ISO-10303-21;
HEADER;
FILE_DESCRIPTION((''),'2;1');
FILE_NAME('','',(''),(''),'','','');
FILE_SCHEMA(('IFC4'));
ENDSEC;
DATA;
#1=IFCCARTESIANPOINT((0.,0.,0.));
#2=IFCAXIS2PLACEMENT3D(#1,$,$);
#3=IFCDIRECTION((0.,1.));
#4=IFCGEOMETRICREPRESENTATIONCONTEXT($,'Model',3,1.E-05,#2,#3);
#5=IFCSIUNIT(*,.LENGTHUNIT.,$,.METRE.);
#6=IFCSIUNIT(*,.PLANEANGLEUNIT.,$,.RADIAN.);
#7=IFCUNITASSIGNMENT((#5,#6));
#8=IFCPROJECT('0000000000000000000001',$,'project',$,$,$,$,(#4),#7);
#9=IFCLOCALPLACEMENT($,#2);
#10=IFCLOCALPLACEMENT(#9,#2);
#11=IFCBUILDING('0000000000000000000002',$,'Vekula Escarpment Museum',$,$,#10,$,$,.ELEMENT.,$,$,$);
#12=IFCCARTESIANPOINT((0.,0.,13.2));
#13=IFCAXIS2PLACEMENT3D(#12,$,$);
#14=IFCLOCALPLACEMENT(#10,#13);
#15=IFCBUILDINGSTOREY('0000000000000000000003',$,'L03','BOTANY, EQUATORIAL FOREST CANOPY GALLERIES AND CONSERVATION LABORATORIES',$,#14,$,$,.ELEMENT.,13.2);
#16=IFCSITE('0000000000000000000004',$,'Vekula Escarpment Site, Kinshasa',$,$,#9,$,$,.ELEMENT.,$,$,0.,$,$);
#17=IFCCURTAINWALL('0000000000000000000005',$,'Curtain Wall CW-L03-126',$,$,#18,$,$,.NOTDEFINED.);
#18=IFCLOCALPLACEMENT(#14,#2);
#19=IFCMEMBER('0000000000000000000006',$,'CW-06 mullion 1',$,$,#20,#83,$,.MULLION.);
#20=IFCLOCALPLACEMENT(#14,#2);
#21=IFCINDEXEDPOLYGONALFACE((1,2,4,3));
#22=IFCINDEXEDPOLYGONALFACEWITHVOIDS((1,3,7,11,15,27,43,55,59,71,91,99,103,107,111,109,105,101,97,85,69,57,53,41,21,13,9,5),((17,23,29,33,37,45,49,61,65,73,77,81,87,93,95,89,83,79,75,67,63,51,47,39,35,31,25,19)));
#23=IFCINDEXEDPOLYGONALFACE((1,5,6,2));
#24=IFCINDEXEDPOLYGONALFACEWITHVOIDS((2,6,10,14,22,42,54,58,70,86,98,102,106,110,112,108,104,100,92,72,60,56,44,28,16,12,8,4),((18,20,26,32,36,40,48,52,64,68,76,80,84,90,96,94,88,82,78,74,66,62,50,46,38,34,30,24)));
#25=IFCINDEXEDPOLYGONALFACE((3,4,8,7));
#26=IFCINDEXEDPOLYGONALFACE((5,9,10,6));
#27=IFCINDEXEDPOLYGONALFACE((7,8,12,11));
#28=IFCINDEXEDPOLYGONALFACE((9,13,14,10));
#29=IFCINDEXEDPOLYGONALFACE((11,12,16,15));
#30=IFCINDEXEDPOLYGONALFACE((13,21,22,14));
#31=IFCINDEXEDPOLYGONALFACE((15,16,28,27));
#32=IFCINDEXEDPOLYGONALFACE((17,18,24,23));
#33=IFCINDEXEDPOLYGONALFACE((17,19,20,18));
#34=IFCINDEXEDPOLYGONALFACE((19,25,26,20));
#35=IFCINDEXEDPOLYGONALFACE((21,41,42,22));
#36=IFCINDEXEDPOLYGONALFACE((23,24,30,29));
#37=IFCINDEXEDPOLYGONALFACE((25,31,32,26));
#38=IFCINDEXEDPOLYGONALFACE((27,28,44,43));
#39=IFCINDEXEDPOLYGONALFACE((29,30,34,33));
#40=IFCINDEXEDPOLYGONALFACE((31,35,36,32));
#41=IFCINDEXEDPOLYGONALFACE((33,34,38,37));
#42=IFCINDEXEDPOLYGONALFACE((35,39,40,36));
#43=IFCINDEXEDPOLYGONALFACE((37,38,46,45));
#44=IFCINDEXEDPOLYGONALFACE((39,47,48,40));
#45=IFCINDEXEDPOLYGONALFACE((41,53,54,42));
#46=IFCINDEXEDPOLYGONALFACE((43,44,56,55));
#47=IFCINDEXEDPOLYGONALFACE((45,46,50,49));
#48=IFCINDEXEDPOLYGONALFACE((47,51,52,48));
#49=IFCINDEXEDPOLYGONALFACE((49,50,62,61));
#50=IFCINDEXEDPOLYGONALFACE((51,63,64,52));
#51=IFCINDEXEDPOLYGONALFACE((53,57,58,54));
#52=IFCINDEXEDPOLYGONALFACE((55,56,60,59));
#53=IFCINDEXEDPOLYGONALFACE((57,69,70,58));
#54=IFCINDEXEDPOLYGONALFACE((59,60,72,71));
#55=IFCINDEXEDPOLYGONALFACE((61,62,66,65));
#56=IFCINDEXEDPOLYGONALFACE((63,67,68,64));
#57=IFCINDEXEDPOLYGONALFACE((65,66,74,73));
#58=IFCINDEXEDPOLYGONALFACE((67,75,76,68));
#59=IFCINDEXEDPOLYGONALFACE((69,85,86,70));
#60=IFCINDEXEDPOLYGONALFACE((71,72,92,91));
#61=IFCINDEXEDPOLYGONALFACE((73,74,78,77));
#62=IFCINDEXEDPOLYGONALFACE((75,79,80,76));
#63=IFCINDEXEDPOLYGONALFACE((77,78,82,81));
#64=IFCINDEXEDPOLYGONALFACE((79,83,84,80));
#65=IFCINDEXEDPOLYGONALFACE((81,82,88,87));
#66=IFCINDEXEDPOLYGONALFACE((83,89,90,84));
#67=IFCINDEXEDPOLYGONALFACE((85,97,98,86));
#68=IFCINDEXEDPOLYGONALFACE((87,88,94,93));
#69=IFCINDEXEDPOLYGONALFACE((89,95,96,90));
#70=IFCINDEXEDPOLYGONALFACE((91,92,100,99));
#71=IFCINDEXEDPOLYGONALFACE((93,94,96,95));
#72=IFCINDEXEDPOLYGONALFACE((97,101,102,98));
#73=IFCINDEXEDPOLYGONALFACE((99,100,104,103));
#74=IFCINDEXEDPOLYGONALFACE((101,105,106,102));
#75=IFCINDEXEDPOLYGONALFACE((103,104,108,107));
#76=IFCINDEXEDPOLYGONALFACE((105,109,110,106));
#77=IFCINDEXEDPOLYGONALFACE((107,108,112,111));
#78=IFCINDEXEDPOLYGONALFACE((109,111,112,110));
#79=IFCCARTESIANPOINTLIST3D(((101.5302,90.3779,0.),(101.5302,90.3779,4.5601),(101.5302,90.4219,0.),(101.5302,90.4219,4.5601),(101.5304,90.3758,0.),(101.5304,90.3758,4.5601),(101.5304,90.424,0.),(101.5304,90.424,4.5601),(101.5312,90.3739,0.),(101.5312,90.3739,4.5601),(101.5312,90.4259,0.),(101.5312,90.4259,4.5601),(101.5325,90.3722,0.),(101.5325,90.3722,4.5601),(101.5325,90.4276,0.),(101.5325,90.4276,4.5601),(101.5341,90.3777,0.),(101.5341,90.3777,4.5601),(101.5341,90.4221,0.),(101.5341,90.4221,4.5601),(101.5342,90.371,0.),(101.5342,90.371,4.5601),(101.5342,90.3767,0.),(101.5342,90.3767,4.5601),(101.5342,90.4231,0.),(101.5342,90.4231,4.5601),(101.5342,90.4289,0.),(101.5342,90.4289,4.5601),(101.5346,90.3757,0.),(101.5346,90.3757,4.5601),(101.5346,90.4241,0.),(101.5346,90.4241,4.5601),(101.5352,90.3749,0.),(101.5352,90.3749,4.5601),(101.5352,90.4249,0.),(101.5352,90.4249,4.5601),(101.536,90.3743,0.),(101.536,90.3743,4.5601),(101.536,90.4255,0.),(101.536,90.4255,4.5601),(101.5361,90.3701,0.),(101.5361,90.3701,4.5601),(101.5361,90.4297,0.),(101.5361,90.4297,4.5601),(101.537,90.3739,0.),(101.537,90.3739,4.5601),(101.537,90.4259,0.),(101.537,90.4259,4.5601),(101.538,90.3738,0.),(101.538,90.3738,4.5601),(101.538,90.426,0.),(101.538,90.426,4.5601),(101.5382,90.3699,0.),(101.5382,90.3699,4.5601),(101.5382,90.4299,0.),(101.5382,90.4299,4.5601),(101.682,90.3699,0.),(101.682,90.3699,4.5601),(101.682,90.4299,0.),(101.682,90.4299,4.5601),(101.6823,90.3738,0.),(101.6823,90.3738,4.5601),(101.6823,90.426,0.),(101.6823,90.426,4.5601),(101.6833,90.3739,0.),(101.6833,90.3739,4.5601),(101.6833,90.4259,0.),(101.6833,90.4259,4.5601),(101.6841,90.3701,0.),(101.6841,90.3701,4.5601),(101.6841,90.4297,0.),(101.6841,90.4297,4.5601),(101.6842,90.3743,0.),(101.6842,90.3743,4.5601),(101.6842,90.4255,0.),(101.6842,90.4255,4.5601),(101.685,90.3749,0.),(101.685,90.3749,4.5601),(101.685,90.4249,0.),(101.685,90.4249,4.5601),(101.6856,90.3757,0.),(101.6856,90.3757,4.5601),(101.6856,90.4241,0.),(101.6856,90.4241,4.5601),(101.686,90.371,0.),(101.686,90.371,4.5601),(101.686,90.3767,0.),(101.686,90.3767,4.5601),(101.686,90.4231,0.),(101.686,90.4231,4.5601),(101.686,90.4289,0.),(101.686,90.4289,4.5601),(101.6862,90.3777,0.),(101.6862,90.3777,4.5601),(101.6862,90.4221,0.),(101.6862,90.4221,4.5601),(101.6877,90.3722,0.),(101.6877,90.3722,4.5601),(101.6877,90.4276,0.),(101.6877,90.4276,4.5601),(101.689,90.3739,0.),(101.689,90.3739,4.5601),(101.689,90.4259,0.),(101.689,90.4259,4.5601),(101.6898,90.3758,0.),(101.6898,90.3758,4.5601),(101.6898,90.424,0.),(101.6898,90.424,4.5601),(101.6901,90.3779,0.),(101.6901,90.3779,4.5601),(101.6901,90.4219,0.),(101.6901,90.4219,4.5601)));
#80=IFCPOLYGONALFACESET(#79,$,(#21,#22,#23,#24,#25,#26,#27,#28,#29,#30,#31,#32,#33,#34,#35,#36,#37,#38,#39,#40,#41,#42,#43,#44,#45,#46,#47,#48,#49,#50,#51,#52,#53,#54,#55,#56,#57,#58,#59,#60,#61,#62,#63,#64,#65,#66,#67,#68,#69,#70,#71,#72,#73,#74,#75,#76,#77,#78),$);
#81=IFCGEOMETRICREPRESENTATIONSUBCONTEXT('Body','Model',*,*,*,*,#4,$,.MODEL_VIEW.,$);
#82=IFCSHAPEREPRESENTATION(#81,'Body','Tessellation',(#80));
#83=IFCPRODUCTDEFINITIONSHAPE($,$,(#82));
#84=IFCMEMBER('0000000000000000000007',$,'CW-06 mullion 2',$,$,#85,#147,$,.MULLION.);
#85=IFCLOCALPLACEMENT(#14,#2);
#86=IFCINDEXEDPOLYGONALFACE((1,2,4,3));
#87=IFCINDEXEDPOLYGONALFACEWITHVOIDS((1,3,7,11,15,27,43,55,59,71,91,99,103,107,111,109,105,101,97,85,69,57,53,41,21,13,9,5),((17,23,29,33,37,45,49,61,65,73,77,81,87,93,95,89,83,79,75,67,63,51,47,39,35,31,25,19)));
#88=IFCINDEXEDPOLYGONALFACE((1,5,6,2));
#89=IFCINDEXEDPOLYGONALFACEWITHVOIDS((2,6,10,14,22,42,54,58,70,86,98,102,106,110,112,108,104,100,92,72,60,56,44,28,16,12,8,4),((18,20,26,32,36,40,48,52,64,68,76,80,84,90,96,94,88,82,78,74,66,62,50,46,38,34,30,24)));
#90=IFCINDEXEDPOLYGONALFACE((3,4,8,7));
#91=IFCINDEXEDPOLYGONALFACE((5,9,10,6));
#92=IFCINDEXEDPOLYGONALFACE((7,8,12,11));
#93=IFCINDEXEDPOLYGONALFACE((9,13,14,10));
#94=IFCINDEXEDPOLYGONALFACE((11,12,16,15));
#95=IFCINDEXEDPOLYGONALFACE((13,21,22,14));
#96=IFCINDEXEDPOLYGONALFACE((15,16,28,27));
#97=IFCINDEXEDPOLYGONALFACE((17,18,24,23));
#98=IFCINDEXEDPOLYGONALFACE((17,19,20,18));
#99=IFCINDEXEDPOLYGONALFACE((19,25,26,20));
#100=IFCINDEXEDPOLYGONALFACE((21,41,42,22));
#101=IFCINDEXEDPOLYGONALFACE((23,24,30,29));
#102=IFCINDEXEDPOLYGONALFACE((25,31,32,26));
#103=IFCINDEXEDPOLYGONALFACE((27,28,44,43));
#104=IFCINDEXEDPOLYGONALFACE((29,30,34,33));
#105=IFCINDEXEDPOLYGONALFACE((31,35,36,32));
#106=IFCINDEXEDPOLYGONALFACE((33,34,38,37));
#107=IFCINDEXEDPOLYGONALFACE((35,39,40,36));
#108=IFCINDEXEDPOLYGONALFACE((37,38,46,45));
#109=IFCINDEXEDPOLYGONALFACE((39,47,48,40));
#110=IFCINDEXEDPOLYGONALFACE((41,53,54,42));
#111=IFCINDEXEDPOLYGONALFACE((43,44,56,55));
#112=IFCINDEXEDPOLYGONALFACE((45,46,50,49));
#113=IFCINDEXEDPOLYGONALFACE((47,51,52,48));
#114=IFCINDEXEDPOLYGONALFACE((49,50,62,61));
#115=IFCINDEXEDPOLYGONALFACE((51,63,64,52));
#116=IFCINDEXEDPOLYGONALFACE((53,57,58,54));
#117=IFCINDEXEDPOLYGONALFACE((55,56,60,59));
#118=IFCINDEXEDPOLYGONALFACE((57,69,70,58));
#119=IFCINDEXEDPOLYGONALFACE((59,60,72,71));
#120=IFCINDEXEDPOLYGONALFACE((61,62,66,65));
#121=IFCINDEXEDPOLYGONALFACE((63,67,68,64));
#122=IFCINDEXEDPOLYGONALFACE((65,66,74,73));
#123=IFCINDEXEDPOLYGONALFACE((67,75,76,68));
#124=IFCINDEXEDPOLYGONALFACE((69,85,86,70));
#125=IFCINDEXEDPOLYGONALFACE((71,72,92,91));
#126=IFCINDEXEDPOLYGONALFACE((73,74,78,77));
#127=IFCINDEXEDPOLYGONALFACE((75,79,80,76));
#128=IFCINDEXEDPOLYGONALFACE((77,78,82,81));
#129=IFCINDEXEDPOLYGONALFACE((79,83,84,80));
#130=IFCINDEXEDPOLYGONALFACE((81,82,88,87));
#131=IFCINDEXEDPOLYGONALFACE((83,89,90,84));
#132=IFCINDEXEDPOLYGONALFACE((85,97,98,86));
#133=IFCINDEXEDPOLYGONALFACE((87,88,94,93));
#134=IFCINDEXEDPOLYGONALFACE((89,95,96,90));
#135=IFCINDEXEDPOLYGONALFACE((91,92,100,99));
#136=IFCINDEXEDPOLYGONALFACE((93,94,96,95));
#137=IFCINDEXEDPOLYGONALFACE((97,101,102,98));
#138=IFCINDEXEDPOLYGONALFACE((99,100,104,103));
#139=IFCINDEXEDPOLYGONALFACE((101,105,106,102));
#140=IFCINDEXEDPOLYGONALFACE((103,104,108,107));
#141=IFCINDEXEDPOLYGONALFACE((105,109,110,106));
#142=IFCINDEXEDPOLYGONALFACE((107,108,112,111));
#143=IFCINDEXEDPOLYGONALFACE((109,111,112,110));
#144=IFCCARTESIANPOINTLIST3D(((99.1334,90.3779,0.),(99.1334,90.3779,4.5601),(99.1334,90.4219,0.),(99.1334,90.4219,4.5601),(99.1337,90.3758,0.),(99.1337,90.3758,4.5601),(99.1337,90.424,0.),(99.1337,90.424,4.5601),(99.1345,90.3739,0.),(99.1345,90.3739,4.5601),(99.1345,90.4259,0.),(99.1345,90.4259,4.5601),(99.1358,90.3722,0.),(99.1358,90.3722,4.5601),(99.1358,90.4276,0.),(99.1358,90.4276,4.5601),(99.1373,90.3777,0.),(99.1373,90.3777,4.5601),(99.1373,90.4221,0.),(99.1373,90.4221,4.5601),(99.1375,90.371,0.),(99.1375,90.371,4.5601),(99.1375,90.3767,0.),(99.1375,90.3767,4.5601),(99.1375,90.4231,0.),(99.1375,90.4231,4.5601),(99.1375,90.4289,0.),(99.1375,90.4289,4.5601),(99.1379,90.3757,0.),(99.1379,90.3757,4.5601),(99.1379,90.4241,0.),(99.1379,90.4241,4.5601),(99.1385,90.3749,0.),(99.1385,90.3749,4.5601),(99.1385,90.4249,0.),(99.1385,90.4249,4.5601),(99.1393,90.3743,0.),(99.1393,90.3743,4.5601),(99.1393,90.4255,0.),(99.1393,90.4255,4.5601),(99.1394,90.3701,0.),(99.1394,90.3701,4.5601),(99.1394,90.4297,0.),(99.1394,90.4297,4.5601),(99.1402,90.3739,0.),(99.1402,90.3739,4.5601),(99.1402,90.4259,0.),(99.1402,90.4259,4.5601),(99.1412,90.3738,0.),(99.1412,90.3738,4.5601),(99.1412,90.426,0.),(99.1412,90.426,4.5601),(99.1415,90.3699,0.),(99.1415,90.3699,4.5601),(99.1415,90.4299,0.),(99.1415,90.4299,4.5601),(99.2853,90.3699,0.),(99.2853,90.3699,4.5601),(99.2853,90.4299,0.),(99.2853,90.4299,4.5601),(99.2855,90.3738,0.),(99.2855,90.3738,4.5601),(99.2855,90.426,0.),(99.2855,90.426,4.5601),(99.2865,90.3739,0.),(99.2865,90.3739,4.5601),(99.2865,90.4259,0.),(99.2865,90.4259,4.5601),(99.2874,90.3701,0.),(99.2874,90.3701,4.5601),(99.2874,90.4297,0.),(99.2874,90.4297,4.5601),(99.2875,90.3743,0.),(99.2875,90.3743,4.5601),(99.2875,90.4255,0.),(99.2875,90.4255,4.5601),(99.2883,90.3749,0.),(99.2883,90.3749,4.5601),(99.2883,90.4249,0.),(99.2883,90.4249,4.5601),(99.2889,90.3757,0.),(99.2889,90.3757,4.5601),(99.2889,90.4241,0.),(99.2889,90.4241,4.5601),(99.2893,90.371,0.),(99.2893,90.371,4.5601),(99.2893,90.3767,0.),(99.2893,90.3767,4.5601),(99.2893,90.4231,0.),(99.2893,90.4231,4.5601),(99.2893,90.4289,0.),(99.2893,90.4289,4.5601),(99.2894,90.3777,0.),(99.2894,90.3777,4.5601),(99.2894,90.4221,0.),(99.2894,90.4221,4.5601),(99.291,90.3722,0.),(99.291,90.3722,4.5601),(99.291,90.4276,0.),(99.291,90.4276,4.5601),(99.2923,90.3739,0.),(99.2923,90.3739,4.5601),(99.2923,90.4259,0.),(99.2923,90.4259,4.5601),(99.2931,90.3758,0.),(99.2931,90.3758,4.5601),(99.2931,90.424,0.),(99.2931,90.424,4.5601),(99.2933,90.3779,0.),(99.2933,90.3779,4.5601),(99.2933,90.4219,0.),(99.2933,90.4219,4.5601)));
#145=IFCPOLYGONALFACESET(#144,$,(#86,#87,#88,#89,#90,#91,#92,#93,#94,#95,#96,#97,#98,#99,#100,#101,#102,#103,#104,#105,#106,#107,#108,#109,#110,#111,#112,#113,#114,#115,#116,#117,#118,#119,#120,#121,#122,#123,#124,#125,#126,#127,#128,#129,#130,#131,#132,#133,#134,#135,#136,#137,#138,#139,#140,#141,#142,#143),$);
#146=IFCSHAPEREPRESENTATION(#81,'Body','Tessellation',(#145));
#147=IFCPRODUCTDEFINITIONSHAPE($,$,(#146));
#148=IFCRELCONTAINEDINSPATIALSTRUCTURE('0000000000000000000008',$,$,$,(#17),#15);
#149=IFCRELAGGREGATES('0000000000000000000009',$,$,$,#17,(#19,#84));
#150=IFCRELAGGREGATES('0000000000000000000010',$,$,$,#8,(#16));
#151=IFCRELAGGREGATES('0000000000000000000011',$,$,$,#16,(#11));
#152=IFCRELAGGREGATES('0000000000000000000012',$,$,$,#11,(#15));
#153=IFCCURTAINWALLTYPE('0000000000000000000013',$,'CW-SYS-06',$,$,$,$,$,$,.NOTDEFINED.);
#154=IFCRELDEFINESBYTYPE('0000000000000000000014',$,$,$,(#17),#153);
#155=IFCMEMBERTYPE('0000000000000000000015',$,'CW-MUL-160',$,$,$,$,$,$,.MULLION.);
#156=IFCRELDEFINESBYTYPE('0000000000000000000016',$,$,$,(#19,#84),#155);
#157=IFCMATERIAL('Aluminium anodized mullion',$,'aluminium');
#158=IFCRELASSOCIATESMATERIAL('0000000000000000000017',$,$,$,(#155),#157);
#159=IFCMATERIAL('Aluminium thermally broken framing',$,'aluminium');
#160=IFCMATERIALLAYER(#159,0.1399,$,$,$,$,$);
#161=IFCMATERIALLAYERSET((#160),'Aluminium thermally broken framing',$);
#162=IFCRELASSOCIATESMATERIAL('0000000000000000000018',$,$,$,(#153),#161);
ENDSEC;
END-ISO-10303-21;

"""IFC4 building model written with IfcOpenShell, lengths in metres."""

from ifc_helpers import new_model, si_unit, direction, frame, origin, origin_2d, place, context, subcontext, project, spatial, hollow_rectangle, extrude, material, layer, layer_set, material_profile, profile_set, type_object, element, aggregate, save


model = new_model("IFC4")

# Units and contexts
model_context = context("Model", 3, precision=1e-05, world=origin(), true_north=direction((0.0, 1.0)))
body_context = subcontext(model_context, "Body", "Model", "MODEL_VIEW")
ifc_project = project(units=[si_unit("LENGTHUNIT", "METRE"), si_unit("PLANEANGLEUNIT", "RADIAN")], contexts=[model_context])

# Site, building, storey
site_placement = place(None, origin())
site = spatial("IfcSite", under=ifc_project, at=site_placement, Name="Vekula Escarpment Site, Kinshasa", CompositionType="ELEMENT", RefElevation=0.0)
building_placement = place(site_placement, origin())
building = spatial("IfcBuilding", under=site, at=building_placement, Name="Vekula Escarpment Museum", CompositionType="ELEMENT")
storey_placement = place(building_placement, frame((0.0, 0.0, 13.2)))
storey = spatial("IfcBuildingStorey", under=building, at=storey_placement, Name="L03", Description="BOTANY, EQUATORIAL FOREST CANOPY GALLERIES AND CONSERVATION LABORATORIES", CompositionType="ELEMENT", Elevation=13.2)

# Curtain wall, members
ifc_material_1 = material(Name="Aluminium anodized mullion", Category="aluminium")
ifc_material_profile_1 = material_profile(ifc_material_1, hollow_rectangle(XDim=0.0601, YDim=0.1599, WallThickness=0.0039, InnerFilletRadius=0.0039, OuterFilletRadius=0.0081, at=origin_2d()), Name="ALU 160x60x4")
ifc_profile_set_1 = profile_set([ifc_material_profile_1], Name="Aluminium anodized mullion")
member_type_1 = type_object("IfcMemberType", Name="CW-MUL-160", PredefinedType="MULLION", material=ifc_profile_set_1)
ifc_material_2 = material(Name="Aluminium thermally broken framing", Category="aluminium")
ifc_layer_1 = layer(ifc_material_2, 0.1399)
ifc_layer_set_1 = layer_set([ifc_layer_1], Name="Aluminium thermally broken framing")
curtain_wall_type_1 = type_object("IfcCurtainWallType", Name="CW-SYS-06", PredefinedType="NOTDEFINED", material=ifc_layer_set_1)
curtain_wall_1_placement = place(storey_placement, origin())
curtain_wall_1 = element("IfcCurtainWall", 1, at=curtain_wall_1_placement, inside=storey, type_object=curtain_wall_type_1, Name="Curtain Wall CW-L03-126", PredefinedType="NOTDEFINED")
member_1_placement = place(storey_placement, frame((101.6101, 90.3999, 0.0), z_axis=(0.0, 0.0, 1.0), x_axis=(0.0, -1.0, 0.0)))
member_1 = element("IfcMember", 2, at=member_1_placement, type_object=member_type_1, Name="CW-06 mullion 1", PredefinedType="MULLION", context=body_context, shape_type="SweptSolid", body=[
    extrude(hollow_rectangle(XDim=0.0601, YDim=0.1599, WallThickness=0.0039, InnerFilletRadius=0.0039, OuterFilletRadius=0.0081, at=origin_2d()), origin(), (0.0, 0.0, 1.0), 4.5601),
])
member_2_placement = place(storey_placement, frame((99.2134, 90.3999, 0.0), z_axis=(0.0, 0.0, 1.0), x_axis=(0.0, -1.0, 0.0)))
member_2 = element("IfcMember", 3, at=member_2_placement, type_object=member_type_1, Name="CW-06 mullion 2", PredefinedType="MULLION", context=body_context, shape_type="SweptSolid", body=[
    extrude(hollow_rectangle(XDim=0.0601, YDim=0.1599, WallThickness=0.0039, InnerFilletRadius=0.0039, OuterFilletRadius=0.0081, at=origin_2d()), origin(), (0.0, 0.0, 1.0), 4.5601),
])

aggregate(curtain_wall_1, [member_1, member_2])

save(model, "model.ifc")
